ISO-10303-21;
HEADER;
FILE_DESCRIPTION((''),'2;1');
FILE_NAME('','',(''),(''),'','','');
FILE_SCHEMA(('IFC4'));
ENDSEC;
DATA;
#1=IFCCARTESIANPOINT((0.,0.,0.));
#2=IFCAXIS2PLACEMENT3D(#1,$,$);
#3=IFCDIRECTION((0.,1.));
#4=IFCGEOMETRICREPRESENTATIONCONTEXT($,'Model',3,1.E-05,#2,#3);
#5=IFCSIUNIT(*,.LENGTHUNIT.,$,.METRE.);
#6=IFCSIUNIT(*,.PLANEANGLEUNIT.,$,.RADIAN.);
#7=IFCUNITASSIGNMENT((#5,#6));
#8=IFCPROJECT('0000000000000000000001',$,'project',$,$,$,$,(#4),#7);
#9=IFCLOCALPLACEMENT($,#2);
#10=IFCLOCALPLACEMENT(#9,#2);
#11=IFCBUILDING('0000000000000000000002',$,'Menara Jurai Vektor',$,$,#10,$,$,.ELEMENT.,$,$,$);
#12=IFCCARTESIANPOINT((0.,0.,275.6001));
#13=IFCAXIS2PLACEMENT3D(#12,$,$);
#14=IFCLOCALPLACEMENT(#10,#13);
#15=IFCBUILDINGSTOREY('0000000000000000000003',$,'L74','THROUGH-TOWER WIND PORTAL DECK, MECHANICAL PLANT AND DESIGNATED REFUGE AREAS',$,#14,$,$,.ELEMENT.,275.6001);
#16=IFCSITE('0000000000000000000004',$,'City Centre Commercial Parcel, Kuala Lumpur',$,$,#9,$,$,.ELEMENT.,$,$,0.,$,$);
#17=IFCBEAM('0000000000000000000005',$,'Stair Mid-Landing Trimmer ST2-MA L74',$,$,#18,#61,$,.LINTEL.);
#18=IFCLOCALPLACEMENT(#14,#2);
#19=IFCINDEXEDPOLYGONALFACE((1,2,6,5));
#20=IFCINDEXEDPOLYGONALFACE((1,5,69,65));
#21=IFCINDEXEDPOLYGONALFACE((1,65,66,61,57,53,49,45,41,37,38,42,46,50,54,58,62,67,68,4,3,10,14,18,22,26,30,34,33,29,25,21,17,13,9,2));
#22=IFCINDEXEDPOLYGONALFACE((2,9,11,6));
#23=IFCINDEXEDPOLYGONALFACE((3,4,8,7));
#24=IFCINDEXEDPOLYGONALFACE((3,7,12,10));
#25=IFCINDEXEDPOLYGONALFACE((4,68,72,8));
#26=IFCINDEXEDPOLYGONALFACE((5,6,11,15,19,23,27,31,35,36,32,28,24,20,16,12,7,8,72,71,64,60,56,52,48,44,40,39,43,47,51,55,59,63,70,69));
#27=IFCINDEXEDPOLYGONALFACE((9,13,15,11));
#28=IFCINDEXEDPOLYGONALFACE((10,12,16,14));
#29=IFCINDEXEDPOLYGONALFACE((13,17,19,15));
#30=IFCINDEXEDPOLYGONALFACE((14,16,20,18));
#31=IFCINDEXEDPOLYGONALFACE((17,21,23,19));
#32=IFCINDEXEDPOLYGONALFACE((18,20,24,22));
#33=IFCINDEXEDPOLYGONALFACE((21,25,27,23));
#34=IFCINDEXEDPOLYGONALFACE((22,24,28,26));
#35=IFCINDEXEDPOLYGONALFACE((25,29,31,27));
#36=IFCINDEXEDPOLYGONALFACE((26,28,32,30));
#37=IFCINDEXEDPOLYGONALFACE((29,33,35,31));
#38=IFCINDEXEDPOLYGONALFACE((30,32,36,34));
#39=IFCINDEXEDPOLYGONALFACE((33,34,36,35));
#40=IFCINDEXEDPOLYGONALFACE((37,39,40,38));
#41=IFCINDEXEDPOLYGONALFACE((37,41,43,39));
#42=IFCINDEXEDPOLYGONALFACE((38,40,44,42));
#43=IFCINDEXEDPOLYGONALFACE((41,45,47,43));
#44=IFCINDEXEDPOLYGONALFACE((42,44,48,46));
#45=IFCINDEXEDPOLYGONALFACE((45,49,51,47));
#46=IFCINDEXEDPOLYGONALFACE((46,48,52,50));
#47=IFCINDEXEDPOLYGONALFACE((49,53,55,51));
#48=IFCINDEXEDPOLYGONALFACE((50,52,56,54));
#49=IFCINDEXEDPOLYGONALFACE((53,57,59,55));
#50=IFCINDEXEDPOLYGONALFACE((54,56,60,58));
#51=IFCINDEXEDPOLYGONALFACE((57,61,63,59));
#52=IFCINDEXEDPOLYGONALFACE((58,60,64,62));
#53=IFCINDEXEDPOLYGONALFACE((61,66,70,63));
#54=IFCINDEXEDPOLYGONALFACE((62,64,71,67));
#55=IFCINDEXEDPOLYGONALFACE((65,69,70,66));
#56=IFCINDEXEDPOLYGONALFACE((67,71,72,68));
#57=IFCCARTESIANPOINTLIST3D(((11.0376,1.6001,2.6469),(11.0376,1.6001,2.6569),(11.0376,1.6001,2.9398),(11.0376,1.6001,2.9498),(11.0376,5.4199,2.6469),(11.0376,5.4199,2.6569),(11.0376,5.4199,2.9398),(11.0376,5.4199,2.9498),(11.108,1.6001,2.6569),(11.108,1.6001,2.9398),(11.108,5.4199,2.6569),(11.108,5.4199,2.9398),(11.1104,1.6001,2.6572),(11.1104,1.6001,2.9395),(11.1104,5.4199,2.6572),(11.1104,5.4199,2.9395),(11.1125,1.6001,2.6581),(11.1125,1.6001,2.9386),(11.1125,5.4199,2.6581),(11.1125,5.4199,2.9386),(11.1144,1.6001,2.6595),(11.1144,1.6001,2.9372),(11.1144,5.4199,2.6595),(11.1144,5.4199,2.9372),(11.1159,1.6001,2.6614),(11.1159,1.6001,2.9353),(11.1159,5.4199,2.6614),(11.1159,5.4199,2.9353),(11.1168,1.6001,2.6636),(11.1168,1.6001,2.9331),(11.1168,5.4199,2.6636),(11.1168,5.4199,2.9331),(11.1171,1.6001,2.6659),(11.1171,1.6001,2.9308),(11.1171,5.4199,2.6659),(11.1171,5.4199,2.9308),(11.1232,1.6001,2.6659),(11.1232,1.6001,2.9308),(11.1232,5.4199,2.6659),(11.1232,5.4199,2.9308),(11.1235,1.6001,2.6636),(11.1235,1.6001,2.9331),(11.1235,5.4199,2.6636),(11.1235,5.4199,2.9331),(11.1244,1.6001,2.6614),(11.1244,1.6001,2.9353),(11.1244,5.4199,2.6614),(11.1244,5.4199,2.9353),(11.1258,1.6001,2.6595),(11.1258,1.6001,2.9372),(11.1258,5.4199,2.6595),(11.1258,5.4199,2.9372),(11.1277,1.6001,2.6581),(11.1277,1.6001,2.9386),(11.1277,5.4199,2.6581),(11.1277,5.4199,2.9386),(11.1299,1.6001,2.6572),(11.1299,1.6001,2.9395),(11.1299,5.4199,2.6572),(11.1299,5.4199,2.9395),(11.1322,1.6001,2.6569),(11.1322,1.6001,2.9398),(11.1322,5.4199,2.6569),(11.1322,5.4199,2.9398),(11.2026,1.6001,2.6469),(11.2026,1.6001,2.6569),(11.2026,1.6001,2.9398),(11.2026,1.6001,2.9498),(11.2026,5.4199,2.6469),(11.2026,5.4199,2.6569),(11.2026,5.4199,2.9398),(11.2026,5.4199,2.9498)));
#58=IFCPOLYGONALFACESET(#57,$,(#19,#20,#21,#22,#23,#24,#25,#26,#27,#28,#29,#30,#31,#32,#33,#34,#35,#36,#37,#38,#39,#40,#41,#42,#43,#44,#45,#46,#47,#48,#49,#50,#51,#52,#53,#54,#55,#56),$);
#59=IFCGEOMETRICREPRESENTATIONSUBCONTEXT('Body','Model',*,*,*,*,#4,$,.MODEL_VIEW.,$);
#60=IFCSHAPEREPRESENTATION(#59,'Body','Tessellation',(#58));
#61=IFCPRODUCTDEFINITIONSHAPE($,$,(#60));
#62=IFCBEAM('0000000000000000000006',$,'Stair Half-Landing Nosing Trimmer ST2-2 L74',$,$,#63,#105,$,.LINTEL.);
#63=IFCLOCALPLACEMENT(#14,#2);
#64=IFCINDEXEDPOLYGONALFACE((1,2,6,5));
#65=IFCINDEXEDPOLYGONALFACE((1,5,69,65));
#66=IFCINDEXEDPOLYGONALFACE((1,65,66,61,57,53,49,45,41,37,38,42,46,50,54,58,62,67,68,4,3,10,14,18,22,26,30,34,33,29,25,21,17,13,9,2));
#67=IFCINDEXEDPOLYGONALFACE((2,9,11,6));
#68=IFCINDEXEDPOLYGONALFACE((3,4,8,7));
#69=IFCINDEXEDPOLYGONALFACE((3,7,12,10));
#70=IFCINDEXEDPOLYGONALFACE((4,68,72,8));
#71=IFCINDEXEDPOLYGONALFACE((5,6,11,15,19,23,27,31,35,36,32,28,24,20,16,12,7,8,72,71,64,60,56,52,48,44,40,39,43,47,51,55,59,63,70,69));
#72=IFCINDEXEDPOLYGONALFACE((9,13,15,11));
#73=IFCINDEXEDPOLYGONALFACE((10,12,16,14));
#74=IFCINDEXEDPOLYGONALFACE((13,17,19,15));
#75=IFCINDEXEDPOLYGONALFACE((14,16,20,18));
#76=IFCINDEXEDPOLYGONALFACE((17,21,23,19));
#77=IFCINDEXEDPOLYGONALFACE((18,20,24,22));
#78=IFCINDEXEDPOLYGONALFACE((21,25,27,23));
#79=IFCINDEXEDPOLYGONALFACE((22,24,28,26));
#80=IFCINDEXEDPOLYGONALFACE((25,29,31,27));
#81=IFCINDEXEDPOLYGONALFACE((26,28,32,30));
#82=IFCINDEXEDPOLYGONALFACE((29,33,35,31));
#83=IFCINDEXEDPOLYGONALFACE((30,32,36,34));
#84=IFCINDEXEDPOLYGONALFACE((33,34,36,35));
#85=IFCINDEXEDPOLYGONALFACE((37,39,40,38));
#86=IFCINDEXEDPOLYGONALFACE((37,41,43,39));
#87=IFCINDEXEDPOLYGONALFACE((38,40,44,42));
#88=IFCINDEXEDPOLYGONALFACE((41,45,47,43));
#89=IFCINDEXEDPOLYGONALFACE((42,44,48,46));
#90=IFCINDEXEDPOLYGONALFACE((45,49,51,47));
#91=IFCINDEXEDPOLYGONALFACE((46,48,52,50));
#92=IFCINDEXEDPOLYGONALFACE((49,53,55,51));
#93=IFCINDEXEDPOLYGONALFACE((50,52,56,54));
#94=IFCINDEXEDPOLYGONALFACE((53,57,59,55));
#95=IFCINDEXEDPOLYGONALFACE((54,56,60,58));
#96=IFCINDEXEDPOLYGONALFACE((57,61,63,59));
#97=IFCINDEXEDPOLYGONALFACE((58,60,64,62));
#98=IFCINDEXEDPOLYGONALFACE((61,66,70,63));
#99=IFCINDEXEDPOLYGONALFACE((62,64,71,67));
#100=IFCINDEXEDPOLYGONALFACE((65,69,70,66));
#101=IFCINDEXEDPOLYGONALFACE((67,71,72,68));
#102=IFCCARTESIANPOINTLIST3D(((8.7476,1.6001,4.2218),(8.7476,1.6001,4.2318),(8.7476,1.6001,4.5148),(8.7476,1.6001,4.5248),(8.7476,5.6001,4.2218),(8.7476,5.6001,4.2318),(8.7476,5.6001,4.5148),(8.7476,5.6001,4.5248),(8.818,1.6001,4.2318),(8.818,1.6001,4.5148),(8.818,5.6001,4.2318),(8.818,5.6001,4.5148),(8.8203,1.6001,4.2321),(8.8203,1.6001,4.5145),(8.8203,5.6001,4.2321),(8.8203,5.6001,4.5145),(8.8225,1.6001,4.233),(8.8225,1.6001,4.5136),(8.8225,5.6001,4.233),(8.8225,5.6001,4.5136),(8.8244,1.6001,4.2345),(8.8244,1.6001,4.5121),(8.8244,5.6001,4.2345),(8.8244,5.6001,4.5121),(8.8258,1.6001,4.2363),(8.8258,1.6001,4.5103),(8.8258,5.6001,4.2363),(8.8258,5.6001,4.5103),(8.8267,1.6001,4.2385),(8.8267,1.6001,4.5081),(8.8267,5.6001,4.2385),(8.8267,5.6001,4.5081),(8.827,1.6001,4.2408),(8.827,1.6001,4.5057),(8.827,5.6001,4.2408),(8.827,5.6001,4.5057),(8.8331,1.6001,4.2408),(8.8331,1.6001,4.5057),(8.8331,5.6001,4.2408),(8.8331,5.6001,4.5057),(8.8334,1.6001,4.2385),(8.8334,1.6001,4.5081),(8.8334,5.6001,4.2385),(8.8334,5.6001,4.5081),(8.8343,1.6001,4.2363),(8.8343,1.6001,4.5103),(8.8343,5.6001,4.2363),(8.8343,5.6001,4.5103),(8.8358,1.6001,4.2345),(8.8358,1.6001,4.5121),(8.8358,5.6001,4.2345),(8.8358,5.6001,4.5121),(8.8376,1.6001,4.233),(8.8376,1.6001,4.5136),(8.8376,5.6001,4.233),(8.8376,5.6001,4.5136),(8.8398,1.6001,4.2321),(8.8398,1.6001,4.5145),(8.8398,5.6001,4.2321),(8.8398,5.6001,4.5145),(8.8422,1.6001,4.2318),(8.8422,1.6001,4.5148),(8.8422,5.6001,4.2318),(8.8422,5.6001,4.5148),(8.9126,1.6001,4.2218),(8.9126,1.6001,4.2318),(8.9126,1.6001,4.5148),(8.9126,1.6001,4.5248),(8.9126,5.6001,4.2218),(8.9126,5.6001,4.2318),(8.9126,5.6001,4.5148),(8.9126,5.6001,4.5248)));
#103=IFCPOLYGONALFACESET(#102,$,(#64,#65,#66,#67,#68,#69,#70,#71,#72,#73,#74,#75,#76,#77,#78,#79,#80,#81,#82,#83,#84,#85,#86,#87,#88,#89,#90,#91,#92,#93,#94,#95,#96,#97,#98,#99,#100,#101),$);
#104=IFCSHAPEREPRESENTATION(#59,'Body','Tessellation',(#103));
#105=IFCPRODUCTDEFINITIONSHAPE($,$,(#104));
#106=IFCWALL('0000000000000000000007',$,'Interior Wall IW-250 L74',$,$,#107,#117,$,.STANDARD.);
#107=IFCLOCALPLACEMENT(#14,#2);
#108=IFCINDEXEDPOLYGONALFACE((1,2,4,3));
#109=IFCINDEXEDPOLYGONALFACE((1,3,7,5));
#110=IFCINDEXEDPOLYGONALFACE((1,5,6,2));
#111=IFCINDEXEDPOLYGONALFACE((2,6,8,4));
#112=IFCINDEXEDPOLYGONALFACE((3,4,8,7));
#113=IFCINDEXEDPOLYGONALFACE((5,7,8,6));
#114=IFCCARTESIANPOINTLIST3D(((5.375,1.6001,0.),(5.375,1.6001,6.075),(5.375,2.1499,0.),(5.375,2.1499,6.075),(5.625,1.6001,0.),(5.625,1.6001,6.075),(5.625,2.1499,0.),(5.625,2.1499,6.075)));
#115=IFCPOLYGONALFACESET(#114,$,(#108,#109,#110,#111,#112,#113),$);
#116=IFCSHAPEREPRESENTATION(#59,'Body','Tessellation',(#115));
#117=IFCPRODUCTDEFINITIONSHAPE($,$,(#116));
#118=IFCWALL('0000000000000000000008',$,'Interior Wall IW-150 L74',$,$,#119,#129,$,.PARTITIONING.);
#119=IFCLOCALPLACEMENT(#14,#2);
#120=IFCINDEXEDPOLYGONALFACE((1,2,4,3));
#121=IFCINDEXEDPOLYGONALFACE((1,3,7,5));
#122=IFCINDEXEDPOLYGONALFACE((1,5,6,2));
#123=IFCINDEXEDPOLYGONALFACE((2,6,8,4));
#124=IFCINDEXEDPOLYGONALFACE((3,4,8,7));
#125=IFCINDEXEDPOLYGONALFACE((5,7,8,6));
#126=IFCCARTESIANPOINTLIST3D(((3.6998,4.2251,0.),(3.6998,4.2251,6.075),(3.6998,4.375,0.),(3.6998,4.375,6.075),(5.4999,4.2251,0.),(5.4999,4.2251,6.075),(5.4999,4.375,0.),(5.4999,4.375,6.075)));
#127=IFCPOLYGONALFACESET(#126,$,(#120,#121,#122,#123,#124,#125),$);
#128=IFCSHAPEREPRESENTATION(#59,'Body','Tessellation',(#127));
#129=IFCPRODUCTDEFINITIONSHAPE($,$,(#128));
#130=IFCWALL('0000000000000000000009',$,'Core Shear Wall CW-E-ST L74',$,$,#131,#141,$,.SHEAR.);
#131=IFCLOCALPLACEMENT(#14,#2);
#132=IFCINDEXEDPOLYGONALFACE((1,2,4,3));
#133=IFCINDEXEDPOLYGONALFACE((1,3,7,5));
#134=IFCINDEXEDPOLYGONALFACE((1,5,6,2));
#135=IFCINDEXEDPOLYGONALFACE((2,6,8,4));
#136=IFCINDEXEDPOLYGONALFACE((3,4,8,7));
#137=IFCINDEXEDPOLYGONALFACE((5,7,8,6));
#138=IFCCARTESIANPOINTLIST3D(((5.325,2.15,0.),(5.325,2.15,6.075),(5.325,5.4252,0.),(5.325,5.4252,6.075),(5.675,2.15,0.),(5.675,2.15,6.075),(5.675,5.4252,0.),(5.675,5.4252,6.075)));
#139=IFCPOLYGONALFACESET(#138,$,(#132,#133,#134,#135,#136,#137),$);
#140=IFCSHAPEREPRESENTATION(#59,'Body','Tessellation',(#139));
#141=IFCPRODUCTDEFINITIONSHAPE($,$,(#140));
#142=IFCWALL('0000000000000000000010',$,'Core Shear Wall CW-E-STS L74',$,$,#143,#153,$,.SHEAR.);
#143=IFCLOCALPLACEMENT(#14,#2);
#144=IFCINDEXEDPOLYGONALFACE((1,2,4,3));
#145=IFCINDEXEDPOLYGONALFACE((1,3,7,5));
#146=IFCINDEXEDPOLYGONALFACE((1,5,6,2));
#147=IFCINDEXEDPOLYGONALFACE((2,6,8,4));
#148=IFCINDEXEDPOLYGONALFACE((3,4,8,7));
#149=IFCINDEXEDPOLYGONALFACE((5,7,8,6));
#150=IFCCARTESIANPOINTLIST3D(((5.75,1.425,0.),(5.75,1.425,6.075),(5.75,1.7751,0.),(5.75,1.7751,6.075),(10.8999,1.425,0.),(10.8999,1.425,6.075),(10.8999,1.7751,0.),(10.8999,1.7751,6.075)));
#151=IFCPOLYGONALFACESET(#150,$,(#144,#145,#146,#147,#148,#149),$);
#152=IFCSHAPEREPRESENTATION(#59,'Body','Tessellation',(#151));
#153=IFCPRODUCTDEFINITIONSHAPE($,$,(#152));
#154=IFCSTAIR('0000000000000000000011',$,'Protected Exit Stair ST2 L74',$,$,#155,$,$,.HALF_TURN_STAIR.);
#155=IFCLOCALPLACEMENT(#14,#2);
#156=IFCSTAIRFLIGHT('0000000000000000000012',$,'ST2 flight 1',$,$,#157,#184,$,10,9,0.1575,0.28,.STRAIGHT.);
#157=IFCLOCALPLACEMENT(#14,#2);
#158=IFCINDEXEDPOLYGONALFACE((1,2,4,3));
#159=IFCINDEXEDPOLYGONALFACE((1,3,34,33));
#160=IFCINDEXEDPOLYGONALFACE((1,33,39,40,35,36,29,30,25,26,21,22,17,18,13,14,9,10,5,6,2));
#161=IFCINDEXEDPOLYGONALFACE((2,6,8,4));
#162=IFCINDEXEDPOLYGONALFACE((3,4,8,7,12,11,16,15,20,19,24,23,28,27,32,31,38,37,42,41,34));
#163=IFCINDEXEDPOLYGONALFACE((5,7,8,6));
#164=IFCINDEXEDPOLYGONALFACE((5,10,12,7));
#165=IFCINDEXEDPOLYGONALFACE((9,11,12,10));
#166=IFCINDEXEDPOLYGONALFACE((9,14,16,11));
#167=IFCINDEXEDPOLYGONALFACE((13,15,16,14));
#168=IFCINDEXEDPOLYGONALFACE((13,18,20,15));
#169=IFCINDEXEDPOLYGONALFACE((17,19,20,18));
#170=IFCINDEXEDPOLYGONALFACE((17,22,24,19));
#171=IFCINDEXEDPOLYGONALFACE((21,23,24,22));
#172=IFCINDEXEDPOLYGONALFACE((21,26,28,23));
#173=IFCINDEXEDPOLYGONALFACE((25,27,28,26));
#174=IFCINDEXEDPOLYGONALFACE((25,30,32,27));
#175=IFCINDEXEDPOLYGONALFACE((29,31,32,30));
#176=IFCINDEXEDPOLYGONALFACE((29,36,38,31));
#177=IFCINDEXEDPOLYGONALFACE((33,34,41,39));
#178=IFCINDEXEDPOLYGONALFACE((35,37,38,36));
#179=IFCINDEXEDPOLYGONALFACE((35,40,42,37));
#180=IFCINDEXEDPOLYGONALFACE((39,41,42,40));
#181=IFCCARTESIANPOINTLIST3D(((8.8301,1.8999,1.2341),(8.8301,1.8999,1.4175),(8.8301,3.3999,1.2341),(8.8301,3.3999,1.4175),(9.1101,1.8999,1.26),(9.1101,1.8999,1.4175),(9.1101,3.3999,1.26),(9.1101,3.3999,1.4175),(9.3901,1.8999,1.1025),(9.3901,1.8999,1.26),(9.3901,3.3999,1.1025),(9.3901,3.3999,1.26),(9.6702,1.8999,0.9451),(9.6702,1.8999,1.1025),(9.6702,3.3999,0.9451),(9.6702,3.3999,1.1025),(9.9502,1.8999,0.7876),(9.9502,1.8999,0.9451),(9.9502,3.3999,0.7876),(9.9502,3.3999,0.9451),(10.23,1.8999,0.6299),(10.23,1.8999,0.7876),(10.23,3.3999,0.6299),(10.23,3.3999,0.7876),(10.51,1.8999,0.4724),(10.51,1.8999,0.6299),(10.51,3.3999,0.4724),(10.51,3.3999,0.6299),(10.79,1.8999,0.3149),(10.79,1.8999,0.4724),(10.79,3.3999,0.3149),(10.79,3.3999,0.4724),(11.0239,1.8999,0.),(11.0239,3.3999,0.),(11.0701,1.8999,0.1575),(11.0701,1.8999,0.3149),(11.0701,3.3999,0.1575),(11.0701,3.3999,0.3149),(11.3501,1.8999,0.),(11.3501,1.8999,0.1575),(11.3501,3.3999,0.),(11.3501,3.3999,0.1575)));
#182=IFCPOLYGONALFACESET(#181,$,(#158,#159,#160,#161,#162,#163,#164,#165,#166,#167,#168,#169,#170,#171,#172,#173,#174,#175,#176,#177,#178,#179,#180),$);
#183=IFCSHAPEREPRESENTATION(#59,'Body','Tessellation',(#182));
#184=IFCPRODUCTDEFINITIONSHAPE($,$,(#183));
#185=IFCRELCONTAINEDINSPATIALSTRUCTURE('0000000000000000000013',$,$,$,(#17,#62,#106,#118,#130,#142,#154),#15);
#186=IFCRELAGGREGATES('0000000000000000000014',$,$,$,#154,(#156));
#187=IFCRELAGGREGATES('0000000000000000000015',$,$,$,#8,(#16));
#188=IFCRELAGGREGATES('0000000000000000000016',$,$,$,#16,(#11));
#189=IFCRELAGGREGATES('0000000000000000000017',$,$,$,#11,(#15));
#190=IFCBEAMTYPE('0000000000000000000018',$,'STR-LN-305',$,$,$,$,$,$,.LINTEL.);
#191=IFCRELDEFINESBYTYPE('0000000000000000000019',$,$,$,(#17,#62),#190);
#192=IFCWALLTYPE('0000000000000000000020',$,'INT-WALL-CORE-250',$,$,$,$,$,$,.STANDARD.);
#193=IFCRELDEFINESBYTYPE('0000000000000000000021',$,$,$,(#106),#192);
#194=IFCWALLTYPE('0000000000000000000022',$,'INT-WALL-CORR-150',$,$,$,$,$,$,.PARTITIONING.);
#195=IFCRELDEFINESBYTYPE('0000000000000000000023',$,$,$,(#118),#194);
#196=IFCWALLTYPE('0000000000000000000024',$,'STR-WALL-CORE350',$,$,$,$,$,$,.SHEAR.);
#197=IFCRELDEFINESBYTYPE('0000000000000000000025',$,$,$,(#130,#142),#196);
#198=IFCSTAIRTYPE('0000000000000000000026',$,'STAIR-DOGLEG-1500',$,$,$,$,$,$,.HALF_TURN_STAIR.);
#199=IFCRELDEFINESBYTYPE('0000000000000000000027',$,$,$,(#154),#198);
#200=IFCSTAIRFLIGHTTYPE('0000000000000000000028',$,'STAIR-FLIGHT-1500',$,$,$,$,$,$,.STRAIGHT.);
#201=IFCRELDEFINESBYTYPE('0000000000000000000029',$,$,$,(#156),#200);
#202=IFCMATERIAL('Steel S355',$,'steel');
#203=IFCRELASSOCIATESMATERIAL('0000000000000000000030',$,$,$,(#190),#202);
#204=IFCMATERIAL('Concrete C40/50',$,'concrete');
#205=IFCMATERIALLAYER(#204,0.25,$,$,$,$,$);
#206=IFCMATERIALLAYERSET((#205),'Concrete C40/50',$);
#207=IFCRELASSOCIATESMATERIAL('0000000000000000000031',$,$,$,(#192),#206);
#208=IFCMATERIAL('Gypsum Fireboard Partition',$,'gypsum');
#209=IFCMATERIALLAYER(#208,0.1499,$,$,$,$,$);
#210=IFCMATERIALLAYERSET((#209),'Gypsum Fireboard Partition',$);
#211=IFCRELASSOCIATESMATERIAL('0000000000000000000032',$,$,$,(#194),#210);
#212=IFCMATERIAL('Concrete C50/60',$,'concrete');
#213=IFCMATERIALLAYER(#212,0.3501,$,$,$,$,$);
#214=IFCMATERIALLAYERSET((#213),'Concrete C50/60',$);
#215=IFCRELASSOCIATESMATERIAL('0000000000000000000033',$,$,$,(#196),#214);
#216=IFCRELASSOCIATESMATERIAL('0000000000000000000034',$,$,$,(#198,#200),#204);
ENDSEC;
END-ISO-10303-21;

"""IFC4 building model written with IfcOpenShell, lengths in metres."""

from ifc_helpers import new_model, si_unit, direction, frame, frame_2d, origin, origin_2d, place, context, subcontext, project, spatial, polyline, rectangle, i_section, outline, extrude, material, layer, layer_set, material_profile, profile_set, type_object, element, aggregate, save


model = new_model("IFC4")

# Units and contexts
model_context = context("Model", 3, precision=1e-05, world=origin(), true_north=direction((0.0, 1.0)))
body_context = subcontext(model_context, "Body", "Model", "MODEL_VIEW")
ifc_project = project(units=[si_unit("LENGTHUNIT", "METRE"), si_unit("PLANEANGLEUNIT", "RADIAN")], contexts=[model_context])

# Site, building, storey
site_placement = place(None, origin())
site = spatial("IfcSite", under=ifc_project, at=site_placement, Name="City Centre Commercial Parcel, Kuala Lumpur", CompositionType="ELEMENT", RefElevation=0.0)
building_placement = place(site_placement, origin())
building = spatial("IfcBuilding", under=site, at=building_placement, Name="Menara Jurai Vektor", CompositionType="ELEMENT")
storey_placement = place(building_placement, frame((0.0, 0.0, 275.6001)))
storey = spatial("IfcBuildingStorey", under=building, at=storey_placement, Name="L74", Description="THROUGH-TOWER WIND PORTAL DECK, MECHANICAL PLANT AND DESIGNATED REFUGE AREAS", CompositionType="ELEMENT", Elevation=275.6001)

# Shared definitions
ifc_material_1 = material(Name="Concrete C50/60", Category="concrete")

# Beams
ifc_material_2 = material(Name="Steel S355", Category="steel")
ifc_material_profile_1 = material_profile(ifc_material_2, i_section(OverallWidth=0.165, OverallDepth=0.303, WebThickness=0.0061, FlangeThickness=0.01, FilletRadius=0.009, at=origin_2d()), Name="UKB 305x165x40")
ifc_profile_set_1 = profile_set([ifc_material_profile_1], Name="Steel S355")
beam_type_1 = type_object("IfcBeamType", Name="STR-LN-305", PredefinedType="LINTEL", material=ifc_profile_set_1)
beam_1_placement = place(storey_placement, frame((11.1201, 1.6001, 2.7983), z_axis=(0.0, 1.0, 0.0), x_axis=(-1.0, 0.0, 0.0)))
element("IfcBeam", 1, at=beam_1_placement, inside=storey, type_object=beam_type_1, Name="Stair Mid-Landing Trimmer ST2-MA L74", PredefinedType="LINTEL", context=body_context, shape_type="SweptSolid", body=[
    extrude(i_section(OverallWidth=0.165, OverallDepth=0.303, WebThickness=0.0061, FlangeThickness=0.01, FilletRadius=0.009, at=origin_2d()), origin(), (0.0, 0.0, 1.0), 3.8198),
])
beam_2_placement = place(storey_placement, frame((8.8301, 1.6001, 4.3733), z_axis=(0.0, 1.0, 0.0), x_axis=(-1.0, 0.0, 0.0)))
element("IfcBeam", 2, at=beam_2_placement, inside=storey, type_object=beam_type_1, Name="Stair Half-Landing Nosing Trimmer ST2-2 L74", PredefinedType="LINTEL", context=body_context, shape_type="SweptSolid", body=[
    extrude(i_section(OverallWidth=0.165, OverallDepth=0.303, WebThickness=0.0061, FlangeThickness=0.01, FilletRadius=0.009, at=origin_2d()), origin(), (0.0, 0.0, 1.0), 4.0),
])

# Shared definitions
ifc_material_3 = material(Name="Concrete C40/50", Category="concrete")
ifc_layer_1 = layer(ifc_material_3, 0.25)
ifc_layer_set_1 = layer_set([ifc_layer_1], Name="Concrete C40/50")
wall_type_1 = type_object("IfcWallType", Name="INT-WALL-CORE-250", PredefinedType="STANDARD", material=ifc_layer_set_1)

# Walls
wall_1_placement = place(storey_placement, frame((5.5, 1.6001, 0.0), z_axis=(0.0, 0.0, 1.0), x_axis=(0.0, 1.0, 0.0)))
element("IfcWall", 3, at=wall_1_placement, inside=storey, type_object=wall_type_1, Name="Interior Wall IW-250 L74", PredefinedType="STANDARD", context=body_context, shape_type="SweptSolid", body=[
    extrude(rectangle(XDim=0.5498, YDim=0.25, at=frame_2d((0.2749, 0.0))), origin(), (0.0, 0.0, 1.0), 6.075),
])
ifc_material_4 = material(Name="Gypsum Fireboard Partition", Category="gypsum")
ifc_layer_2 = layer(ifc_material_4, 0.1499)
ifc_layer_set_2 = layer_set([ifc_layer_2], Name="Gypsum Fireboard Partition")
wall_type_2 = type_object("IfcWallType", Name="INT-WALL-CORR-150", PredefinedType="PARTITIONING", material=ifc_layer_set_2)
wall_2_placement = place(storey_placement, frame((3.7, 4.3, 0.0), z_axis=(0.0, 0.0, 1.0), x_axis=(1.0, 0.0, 0.0)))
element("IfcWall", 4, at=wall_2_placement, inside=storey, type_object=wall_type_2, Name="Interior Wall IW-150 L74", PredefinedType="PARTITIONING", context=body_context, shape_type="SweptSolid", body=[
    extrude(rectangle(XDim=1.8, YDim=0.1499, at=frame_2d((0.8999, 0.0))), origin(), (0.0, 0.0, 1.0), 6.075),
])
ifc_layer_3 = layer(ifc_material_1, 0.3501)
ifc_layer_set_3 = layer_set([ifc_layer_3], Name="Concrete C50/60")
wall_type_3 = type_object("IfcWallType", Name="STR-WALL-CORE350", PredefinedType="SHEAR", material=ifc_layer_set_3)
wall_3_placement = place(storey_placement, frame((5.5, 2.1499, 0.0), z_axis=(0.0, 0.0, 1.0), x_axis=(0.0, 1.0, 0.0)))
element("IfcWall", 5, at=wall_3_placement, inside=storey, type_object=wall_type_3, Name="Core Shear Wall CW-E-ST L74", PredefinedType="SHEAR", context=body_context, shape_type="SweptSolid", body=[
    extrude(rectangle(XDim=3.2751, YDim=0.3501, at=frame_2d((1.6377, 0.0))), origin(), (0.0, 0.0, 1.0), 6.075),
])
wall_4_placement = place(storey_placement, frame((5.75, 1.6001, 0.0), z_axis=(0.0, 0.0, 1.0), x_axis=(1.0, 0.0, 0.0)))
element("IfcWall", 6, at=wall_4_placement, inside=storey, type_object=wall_type_3, Name="Core Shear Wall CW-E-STS L74", PredefinedType="SHEAR", context=body_context, shape_type="SweptSolid", body=[
    extrude(rectangle(XDim=5.1499, YDim=0.3501, at=frame_2d((2.575, 0.0))), origin(), (0.0, 0.0, 1.0), 6.075),
])

# Stair, stair flight
stair_type = type_object("IfcStairType", Name="STAIR-DOGLEG-1500", PredefinedType="HALF_TURN_STAIR", material=ifc_material_3)
stair_placement = place(storey_placement, origin())
stair = element("IfcStair", 7, at=stair_placement, inside=storey, type_object=stair_type, Name="Protected Exit Stair ST2 L74", PredefinedType="HALF_TURN_STAIR")
stair_flight_type = type_object("IfcStairFlightType", Name="STAIR-FLIGHT-1500", PredefinedType="STRAIGHT", material=ifc_material_3)
stair_flight_1_placement = place(storey_placement, frame((11.3501, 2.6499, 0.0), z_axis=(0.0, 0.0, 1.0), x_axis=(-1.0, 0.0, 0.0)))
stair_flight_1 = element("IfcStairFlight", 8, at=stair_flight_1_placement, type_object=stair_flight_type, Name="ST2 flight 1", NumberOfRisers=10, NumberOfTreads=9, PredefinedType="STRAIGHT", RiserHeight=0.1575, TreadLength=0.28, context=body_context, shape_type="SweptSolid", body=[
    extrude(outline(polyline([(0.0, 0.0), (0.0, 0.1575), (0.28, 0.1575), (0.28, 0.3149), (0.5601, 0.3149), (0.5601, 0.4724), (0.8401, 0.4724), (0.8401, 0.6299), (1.1201, 0.6299), (1.1201, 0.7876), (1.3999, 0.7876), (1.3999, 0.9451), (1.6799, 0.9451), (1.6799, 1.1025), (1.96, 1.1025), (1.96, 1.26), (2.24, 1.26), (2.24, 1.4175), (2.52, 1.4175), (2.52, 1.575), (2.52, 1.2341), (0.3262, 0.0), (0.0, 0.0)])), frame((0.0, 0.75, 0.0), z_axis=(0.0, -1.0, 0.0), x_axis=(1.0, 0.0, 0.0)), (0.0, 0.0, 1.0), 1.5),
])
aggregate(stair, [stair_flight_1])

save(model, "model.ifc")
